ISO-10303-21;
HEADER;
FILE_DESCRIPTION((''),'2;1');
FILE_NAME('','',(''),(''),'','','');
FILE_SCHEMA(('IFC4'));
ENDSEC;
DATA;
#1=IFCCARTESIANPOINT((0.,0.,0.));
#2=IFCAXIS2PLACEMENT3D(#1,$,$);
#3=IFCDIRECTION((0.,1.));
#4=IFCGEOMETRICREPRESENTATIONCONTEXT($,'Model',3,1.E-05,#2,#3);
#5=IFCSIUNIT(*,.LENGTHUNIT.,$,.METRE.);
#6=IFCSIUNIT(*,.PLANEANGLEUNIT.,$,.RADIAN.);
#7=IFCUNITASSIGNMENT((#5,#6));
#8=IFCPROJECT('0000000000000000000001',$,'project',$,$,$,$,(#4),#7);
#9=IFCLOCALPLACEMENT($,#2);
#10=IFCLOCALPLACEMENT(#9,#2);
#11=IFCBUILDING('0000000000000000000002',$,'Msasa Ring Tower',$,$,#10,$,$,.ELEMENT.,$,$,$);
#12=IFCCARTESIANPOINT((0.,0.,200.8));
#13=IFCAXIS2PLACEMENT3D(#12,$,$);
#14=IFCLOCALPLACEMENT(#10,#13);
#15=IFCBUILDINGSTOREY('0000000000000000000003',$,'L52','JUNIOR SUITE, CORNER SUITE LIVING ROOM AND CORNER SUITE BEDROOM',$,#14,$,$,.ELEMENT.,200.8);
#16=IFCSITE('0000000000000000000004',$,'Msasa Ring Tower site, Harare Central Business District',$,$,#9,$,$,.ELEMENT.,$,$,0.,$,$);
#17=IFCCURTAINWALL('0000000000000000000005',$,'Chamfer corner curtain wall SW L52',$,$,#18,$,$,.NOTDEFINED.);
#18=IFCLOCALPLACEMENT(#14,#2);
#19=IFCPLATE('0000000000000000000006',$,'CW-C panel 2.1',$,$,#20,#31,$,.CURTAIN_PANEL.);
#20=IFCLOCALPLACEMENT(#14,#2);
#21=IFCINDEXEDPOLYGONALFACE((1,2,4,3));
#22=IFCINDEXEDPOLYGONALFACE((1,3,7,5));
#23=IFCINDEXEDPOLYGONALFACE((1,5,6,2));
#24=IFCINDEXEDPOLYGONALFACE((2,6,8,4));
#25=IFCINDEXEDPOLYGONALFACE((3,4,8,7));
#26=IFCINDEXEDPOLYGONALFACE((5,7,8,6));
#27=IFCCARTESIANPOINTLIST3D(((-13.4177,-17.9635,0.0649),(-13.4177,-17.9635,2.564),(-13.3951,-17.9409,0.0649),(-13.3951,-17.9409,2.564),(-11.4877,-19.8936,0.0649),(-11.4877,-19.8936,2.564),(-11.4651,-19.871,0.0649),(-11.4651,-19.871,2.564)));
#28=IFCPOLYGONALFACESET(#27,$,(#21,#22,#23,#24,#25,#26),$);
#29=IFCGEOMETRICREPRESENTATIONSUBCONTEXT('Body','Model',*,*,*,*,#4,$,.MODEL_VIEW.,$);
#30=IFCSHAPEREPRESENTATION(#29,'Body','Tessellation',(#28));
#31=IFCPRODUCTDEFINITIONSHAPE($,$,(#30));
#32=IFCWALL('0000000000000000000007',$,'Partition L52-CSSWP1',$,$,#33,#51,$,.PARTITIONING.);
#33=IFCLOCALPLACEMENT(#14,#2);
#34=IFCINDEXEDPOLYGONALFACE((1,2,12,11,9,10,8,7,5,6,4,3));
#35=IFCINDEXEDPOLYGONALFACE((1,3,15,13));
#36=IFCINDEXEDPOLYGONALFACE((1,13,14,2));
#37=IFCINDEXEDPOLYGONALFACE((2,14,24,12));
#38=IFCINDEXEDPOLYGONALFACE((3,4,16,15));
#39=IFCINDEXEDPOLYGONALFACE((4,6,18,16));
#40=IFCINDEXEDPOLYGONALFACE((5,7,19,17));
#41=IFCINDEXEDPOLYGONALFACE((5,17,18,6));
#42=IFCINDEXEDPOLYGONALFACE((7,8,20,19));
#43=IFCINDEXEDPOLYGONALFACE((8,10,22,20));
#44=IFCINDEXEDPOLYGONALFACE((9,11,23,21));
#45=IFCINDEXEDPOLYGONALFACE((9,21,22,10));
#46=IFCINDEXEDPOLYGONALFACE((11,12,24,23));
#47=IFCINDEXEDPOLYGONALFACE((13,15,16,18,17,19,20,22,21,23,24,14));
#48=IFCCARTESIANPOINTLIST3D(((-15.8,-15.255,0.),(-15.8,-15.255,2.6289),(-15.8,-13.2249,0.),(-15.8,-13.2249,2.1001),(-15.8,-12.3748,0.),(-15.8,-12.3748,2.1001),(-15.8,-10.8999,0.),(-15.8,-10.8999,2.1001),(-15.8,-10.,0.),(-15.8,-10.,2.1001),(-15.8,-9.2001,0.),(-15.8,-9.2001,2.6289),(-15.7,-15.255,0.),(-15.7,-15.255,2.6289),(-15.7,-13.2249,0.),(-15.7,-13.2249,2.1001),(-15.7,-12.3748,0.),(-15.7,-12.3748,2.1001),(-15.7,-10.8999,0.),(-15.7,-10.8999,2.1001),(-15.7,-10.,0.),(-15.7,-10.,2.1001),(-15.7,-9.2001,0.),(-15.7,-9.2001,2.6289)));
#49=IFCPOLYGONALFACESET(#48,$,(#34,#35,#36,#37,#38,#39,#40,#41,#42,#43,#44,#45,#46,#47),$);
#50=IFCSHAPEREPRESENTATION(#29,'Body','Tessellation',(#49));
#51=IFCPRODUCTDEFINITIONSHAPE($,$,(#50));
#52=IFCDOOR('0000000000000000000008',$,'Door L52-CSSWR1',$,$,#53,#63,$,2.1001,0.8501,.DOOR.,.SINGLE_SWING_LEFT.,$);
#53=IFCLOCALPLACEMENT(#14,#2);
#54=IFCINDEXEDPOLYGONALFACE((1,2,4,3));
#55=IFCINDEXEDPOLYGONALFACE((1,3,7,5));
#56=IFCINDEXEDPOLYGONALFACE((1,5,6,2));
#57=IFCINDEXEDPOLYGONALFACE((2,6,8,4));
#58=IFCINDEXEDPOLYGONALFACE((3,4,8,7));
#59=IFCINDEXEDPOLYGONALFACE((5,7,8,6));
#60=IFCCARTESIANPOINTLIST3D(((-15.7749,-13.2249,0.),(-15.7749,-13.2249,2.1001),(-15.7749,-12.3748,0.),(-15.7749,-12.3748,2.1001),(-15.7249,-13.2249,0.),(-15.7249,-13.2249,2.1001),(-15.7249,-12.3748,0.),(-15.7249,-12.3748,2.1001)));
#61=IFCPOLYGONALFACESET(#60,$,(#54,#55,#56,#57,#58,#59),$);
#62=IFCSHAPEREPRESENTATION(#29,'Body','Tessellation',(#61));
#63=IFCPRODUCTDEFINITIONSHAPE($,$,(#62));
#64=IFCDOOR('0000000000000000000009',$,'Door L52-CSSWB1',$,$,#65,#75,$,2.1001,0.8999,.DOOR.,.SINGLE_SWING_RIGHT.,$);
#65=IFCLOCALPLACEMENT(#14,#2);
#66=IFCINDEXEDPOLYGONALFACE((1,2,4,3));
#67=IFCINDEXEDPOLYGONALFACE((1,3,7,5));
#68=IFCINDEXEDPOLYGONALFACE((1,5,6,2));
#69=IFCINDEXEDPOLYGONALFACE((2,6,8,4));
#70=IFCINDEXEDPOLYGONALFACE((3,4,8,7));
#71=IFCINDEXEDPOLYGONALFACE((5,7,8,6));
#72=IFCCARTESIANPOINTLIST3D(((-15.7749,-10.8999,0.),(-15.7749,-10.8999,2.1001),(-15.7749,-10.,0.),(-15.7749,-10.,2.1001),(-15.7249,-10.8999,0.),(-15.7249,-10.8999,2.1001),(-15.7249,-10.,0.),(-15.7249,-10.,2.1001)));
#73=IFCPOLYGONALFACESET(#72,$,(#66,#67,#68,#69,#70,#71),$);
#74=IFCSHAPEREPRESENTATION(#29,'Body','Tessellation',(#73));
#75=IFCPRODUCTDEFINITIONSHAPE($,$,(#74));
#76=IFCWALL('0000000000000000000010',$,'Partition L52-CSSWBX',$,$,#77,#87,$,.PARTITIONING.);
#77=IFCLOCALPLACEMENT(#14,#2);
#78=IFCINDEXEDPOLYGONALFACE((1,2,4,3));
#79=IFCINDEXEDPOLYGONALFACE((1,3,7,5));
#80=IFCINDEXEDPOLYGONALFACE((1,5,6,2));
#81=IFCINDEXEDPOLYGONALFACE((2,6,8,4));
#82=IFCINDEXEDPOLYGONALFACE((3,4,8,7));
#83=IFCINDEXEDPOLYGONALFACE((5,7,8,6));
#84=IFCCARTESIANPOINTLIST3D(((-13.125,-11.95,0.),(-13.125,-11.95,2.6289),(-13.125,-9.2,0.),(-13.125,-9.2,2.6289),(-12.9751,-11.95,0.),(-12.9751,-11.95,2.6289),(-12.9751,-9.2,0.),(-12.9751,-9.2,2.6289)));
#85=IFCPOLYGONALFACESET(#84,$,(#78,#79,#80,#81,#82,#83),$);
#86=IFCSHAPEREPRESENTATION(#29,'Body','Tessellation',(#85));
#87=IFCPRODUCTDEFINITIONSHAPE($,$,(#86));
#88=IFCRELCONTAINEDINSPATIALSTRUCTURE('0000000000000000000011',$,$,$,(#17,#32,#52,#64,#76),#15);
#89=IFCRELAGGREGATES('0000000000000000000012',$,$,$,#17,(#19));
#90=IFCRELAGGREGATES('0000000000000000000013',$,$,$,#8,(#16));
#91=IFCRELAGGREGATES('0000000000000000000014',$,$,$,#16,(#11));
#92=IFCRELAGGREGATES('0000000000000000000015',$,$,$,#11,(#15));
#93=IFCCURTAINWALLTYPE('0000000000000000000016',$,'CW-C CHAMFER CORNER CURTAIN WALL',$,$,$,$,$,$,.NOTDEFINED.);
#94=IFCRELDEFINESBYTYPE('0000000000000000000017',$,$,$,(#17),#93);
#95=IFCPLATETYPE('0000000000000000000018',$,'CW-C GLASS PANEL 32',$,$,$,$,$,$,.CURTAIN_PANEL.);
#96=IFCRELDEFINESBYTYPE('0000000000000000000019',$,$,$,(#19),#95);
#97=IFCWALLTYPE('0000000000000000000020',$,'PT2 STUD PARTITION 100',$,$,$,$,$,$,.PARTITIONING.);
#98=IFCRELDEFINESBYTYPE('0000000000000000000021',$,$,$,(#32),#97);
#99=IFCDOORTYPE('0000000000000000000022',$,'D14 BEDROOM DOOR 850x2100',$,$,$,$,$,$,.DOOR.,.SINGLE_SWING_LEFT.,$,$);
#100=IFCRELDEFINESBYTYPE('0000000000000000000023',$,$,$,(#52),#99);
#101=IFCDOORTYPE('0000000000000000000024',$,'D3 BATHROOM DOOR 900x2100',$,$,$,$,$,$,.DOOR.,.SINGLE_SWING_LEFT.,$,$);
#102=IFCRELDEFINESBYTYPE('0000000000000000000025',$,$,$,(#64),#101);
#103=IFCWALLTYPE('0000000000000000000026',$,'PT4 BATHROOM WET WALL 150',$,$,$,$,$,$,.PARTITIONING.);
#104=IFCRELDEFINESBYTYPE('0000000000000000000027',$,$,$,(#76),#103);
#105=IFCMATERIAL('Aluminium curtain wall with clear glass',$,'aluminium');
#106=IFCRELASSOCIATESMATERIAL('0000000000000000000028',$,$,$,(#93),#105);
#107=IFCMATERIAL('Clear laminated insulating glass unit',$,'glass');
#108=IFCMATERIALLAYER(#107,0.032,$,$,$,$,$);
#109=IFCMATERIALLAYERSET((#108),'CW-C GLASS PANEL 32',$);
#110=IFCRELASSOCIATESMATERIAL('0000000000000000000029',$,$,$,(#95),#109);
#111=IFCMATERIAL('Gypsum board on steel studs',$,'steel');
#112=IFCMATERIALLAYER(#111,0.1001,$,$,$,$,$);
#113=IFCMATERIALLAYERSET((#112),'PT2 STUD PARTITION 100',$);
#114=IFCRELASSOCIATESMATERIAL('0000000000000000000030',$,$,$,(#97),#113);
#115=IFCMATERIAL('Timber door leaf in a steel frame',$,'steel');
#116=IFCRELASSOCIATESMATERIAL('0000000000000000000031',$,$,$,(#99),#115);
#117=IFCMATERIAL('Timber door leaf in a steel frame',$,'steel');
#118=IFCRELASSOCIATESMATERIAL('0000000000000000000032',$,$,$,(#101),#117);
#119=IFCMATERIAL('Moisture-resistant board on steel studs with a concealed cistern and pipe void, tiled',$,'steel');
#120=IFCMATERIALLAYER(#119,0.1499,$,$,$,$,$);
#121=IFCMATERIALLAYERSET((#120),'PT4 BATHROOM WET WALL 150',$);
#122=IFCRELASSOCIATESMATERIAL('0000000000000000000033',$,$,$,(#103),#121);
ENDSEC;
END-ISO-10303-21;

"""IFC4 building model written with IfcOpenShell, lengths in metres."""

from ifc_helpers import new_model, si_unit, direction, frame, frame_2d, origin, origin_2d, place, context, subcontext, project, spatial, rectangle, extrude, material, layer, layer_set, type_object, element, fill, aggregate, save


model = new_model("IFC4")

# Units and contexts
model_context = context("Model", 3, precision=1e-05, world=origin(), true_north=direction((0.0, 1.0)))
body_context = subcontext(model_context, "Body", "Model", "MODEL_VIEW")
ifc_project = project(units=[si_unit("LENGTHUNIT", "METRE"), si_unit("PLANEANGLEUNIT", "RADIAN")], contexts=[model_context])

# Site, building, storey
site_placement = place(None, origin())
site = spatial("IfcSite", under=ifc_project, at=site_placement, Name="Msasa Ring Tower site, Harare Central Business District", CompositionType="ELEMENT", RefElevation=0.0)
building_placement = place(site_placement, origin())
building = spatial("IfcBuilding", under=site, at=building_placement, Name="Msasa Ring Tower", CompositionType="ELEMENT")
storey_placement = place(building_placement, frame((0.0, 0.0, 200.8)))
storey = spatial("IfcBuildingStorey", under=building, at=storey_placement, Name="L52", Description="JUNIOR SUITE, CORNER SUITE LIVING ROOM AND CORNER SUITE BEDROOM", CompositionType="ELEMENT", Elevation=200.8)

# Curtain wall
ifc_material_1 = material(Name="Aluminium curtain wall with clear glass", Category="aluminium")
curtain_wall_type = type_object("IfcCurtainWallType", Name="CW-C CHAMFER CORNER CURTAIN WALL", PredefinedType="NOTDEFINED", material=ifc_material_1)
curtain_wall_1_placement = place(storey_placement, origin())
curtain_wall_1 = element("IfcCurtainWall", 1, at=curtain_wall_1_placement, inside=storey, type_object=curtain_wall_type, Name="Chamfer corner curtain wall SW L52", PredefinedType="NOTDEFINED")

# Plate
ifc_material_2 = material(Name="Clear laminated insulating glass unit", Category="glass")
ifc_layer_1 = layer(ifc_material_2, 0.032)
ifc_layer_set_1 = layer_set([ifc_layer_1], Name="CW-C GLASS PANEL 32")
plate_type = type_object("IfcPlateType", Name="CW-C GLASS PANEL 32", PredefinedType="CURTAIN_PANEL", material=ifc_layer_set_1)
plate_1_placement = place(storey_placement, frame((-12.4414, -18.9172, 0.0649), z_axis=(0.0, 0.0, 1.0), x_axis=(0.707107, -0.707107, 0.0)))
plate_1 = element("IfcPlate", 2, at=plate_1_placement, type_object=plate_type, Name="CW-C panel 2.1", PredefinedType="CURTAIN_PANEL", context=body_context, shape_type="SweptSolid", body=[
    extrude(rectangle(XDim=2.7295, YDim=0.032, at=origin_2d()), origin(), (0.0, 0.0, 1.0), 2.499),
])
aggregate(curtain_wall_1, [plate_1])

# Wall, openings, doors
ifc_material_3 = material(Name="Gypsum board on steel studs", Category="steel")
ifc_layer_2 = layer(ifc_material_3, 0.1001)
ifc_layer_set_2 = layer_set([ifc_layer_2], Name="PT2 STUD PARTITION 100")
wall_type_1 = type_object("IfcWallType", Name="PT2 STUD PARTITION 100", PredefinedType="PARTITIONING", material=ifc_layer_set_2)
wall_1_placement = place(storey_placement, frame((-15.75, -15.2549, 0.0), z_axis=(0.0, 0.0, 1.0), x_axis=(0.0, 1.0, 0.0)))
wall_1 = element("IfcWall", 3, at=wall_1_placement, inside=storey, type_object=wall_type_1, Name="Partition L52-CSSWP1", PredefinedType="PARTITIONING", context=body_context, shape_type="SweptSolid", body=[
    extrude(rectangle(XDim=6.0549, YDim=0.1001, at=frame_2d((3.0273, 0.0))), origin(), (0.0, 0.0, 1.0), 2.6289),
])
opening_1_placement = place(wall_1_placement, frame((2.03, 0.0, 0.0)))
opening_1 = element("IfcOpeningElement", 4, at=opening_1_placement, cuts=wall_1, PredefinedType="OPENING", context=body_context, shape_type="SweptSolid", body=[
    extrude(rectangle(XDim=0.8501, YDim=2.1001, at=frame_2d((0.425, 1.05))), frame((0.0, 0.0601, 0.0), z_axis=(0.0, -1.0, 0.0), x_axis=(1.0, 0.0, 0.0)), (0.0, 0.0, 1.0), 0.1201),
])
opening_2_placement = place(wall_1_placement, frame((4.355, 0.0, 0.0)))
opening_2 = element("IfcOpeningElement", 5, at=opening_2_placement, cuts=wall_1, PredefinedType="OPENING", context=body_context, shape_type="SweptSolid", body=[
    extrude(rectangle(XDim=0.8999, YDim=2.1001, at=frame_2d((0.45, 1.05))), frame((0.0, 0.0601, 0.0), z_axis=(0.0, -1.0, 0.0), x_axis=(1.0, 0.0, 0.0)), (0.0, 0.0, 1.0), 0.1201),
])
ifc_material_4 = material(Name="Timber door leaf in a steel frame", Category="steel")
door_type_1 = type_object("IfcDoorType", Name="D14 BEDROOM DOOR 850x2100", OperationType="SINGLE_SWING_LEFT", PredefinedType="DOOR", material=ifc_material_4)
door_1_placement = place(opening_1_placement, origin())
door_1 = element("IfcDoor", 6, at=door_1_placement, inside=storey, type_object=door_type_1, Name="Door L52-CSSWR1", OperationType="SINGLE_SWING_LEFT", OverallHeight=2.1001, OverallWidth=0.8501, PredefinedType="DOOR", context=body_context, shape_type="SweptSolid", body=[
    extrude(rectangle(XDim=0.8501, YDim=2.1001, at=frame_2d((0.425, 1.05))), frame((0.0, 0.0249, 0.0), z_axis=(0.0, -1.0, 0.0), x_axis=(1.0, 0.0, 0.0)), (0.0, 0.0, 1.0), 0.05),
])
fill(opening_1, door_1)
ifc_material_5 = material(Name="Timber door leaf in a steel frame", Category="steel")
door_type_2 = type_object("IfcDoorType", Name="D3 BATHROOM DOOR 900x2100", OperationType="SINGLE_SWING_LEFT", PredefinedType="DOOR", material=ifc_material_5)
door_2_placement = place(opening_2_placement, origin())
door_2 = element("IfcDoor", 7, at=door_2_placement, inside=storey, type_object=door_type_2, Name="Door L52-CSSWB1", OperationType="SINGLE_SWING_RIGHT", OverallHeight=2.1001, OverallWidth=0.8999, PredefinedType="DOOR", context=body_context, shape_type="SweptSolid", body=[
    extrude(rectangle(XDim=0.8999, YDim=2.1001, at=frame_2d((0.45, 1.05))), frame((0.0, 0.0249, 0.0), z_axis=(0.0, -1.0, 0.0), x_axis=(1.0, 0.0, 0.0)), (0.0, 0.0, 1.0), 0.05),
])
fill(opening_2, door_2)

# Wall
ifc_material_6 = material(Name="Moisture-resistant board on steel studs with a concealed cistern and pipe void, tiled", Category="steel")
ifc_layer_3 = layer(ifc_material_6, 0.1499)
ifc_layer_set_3 = layer_set([ifc_layer_3], Name="PT4 BATHROOM WET WALL 150")
wall_type_2 = type_object("IfcWallType", Name="PT4 BATHROOM WET WALL 150", PredefinedType="PARTITIONING", material=ifc_layer_set_3)
wall_2_placement = place(storey_placement, frame((-13.05, -11.95, 0.0), z_axis=(0.0, 0.0, 1.0), x_axis=(0.0, 1.0, 0.0)))
element("IfcWall", 8, at=wall_2_placement, inside=storey, type_object=wall_type_2, Name="Partition L52-CSSWBX", PredefinedType="PARTITIONING", context=body_context, shape_type="SweptSolid", body=[
    extrude(rectangle(XDim=2.75, YDim=0.1499, at=frame_2d((1.375, 0.0))), origin(), (0.0, 0.0, 1.0), 2.6289),
])

save(model, "model.ifc")
